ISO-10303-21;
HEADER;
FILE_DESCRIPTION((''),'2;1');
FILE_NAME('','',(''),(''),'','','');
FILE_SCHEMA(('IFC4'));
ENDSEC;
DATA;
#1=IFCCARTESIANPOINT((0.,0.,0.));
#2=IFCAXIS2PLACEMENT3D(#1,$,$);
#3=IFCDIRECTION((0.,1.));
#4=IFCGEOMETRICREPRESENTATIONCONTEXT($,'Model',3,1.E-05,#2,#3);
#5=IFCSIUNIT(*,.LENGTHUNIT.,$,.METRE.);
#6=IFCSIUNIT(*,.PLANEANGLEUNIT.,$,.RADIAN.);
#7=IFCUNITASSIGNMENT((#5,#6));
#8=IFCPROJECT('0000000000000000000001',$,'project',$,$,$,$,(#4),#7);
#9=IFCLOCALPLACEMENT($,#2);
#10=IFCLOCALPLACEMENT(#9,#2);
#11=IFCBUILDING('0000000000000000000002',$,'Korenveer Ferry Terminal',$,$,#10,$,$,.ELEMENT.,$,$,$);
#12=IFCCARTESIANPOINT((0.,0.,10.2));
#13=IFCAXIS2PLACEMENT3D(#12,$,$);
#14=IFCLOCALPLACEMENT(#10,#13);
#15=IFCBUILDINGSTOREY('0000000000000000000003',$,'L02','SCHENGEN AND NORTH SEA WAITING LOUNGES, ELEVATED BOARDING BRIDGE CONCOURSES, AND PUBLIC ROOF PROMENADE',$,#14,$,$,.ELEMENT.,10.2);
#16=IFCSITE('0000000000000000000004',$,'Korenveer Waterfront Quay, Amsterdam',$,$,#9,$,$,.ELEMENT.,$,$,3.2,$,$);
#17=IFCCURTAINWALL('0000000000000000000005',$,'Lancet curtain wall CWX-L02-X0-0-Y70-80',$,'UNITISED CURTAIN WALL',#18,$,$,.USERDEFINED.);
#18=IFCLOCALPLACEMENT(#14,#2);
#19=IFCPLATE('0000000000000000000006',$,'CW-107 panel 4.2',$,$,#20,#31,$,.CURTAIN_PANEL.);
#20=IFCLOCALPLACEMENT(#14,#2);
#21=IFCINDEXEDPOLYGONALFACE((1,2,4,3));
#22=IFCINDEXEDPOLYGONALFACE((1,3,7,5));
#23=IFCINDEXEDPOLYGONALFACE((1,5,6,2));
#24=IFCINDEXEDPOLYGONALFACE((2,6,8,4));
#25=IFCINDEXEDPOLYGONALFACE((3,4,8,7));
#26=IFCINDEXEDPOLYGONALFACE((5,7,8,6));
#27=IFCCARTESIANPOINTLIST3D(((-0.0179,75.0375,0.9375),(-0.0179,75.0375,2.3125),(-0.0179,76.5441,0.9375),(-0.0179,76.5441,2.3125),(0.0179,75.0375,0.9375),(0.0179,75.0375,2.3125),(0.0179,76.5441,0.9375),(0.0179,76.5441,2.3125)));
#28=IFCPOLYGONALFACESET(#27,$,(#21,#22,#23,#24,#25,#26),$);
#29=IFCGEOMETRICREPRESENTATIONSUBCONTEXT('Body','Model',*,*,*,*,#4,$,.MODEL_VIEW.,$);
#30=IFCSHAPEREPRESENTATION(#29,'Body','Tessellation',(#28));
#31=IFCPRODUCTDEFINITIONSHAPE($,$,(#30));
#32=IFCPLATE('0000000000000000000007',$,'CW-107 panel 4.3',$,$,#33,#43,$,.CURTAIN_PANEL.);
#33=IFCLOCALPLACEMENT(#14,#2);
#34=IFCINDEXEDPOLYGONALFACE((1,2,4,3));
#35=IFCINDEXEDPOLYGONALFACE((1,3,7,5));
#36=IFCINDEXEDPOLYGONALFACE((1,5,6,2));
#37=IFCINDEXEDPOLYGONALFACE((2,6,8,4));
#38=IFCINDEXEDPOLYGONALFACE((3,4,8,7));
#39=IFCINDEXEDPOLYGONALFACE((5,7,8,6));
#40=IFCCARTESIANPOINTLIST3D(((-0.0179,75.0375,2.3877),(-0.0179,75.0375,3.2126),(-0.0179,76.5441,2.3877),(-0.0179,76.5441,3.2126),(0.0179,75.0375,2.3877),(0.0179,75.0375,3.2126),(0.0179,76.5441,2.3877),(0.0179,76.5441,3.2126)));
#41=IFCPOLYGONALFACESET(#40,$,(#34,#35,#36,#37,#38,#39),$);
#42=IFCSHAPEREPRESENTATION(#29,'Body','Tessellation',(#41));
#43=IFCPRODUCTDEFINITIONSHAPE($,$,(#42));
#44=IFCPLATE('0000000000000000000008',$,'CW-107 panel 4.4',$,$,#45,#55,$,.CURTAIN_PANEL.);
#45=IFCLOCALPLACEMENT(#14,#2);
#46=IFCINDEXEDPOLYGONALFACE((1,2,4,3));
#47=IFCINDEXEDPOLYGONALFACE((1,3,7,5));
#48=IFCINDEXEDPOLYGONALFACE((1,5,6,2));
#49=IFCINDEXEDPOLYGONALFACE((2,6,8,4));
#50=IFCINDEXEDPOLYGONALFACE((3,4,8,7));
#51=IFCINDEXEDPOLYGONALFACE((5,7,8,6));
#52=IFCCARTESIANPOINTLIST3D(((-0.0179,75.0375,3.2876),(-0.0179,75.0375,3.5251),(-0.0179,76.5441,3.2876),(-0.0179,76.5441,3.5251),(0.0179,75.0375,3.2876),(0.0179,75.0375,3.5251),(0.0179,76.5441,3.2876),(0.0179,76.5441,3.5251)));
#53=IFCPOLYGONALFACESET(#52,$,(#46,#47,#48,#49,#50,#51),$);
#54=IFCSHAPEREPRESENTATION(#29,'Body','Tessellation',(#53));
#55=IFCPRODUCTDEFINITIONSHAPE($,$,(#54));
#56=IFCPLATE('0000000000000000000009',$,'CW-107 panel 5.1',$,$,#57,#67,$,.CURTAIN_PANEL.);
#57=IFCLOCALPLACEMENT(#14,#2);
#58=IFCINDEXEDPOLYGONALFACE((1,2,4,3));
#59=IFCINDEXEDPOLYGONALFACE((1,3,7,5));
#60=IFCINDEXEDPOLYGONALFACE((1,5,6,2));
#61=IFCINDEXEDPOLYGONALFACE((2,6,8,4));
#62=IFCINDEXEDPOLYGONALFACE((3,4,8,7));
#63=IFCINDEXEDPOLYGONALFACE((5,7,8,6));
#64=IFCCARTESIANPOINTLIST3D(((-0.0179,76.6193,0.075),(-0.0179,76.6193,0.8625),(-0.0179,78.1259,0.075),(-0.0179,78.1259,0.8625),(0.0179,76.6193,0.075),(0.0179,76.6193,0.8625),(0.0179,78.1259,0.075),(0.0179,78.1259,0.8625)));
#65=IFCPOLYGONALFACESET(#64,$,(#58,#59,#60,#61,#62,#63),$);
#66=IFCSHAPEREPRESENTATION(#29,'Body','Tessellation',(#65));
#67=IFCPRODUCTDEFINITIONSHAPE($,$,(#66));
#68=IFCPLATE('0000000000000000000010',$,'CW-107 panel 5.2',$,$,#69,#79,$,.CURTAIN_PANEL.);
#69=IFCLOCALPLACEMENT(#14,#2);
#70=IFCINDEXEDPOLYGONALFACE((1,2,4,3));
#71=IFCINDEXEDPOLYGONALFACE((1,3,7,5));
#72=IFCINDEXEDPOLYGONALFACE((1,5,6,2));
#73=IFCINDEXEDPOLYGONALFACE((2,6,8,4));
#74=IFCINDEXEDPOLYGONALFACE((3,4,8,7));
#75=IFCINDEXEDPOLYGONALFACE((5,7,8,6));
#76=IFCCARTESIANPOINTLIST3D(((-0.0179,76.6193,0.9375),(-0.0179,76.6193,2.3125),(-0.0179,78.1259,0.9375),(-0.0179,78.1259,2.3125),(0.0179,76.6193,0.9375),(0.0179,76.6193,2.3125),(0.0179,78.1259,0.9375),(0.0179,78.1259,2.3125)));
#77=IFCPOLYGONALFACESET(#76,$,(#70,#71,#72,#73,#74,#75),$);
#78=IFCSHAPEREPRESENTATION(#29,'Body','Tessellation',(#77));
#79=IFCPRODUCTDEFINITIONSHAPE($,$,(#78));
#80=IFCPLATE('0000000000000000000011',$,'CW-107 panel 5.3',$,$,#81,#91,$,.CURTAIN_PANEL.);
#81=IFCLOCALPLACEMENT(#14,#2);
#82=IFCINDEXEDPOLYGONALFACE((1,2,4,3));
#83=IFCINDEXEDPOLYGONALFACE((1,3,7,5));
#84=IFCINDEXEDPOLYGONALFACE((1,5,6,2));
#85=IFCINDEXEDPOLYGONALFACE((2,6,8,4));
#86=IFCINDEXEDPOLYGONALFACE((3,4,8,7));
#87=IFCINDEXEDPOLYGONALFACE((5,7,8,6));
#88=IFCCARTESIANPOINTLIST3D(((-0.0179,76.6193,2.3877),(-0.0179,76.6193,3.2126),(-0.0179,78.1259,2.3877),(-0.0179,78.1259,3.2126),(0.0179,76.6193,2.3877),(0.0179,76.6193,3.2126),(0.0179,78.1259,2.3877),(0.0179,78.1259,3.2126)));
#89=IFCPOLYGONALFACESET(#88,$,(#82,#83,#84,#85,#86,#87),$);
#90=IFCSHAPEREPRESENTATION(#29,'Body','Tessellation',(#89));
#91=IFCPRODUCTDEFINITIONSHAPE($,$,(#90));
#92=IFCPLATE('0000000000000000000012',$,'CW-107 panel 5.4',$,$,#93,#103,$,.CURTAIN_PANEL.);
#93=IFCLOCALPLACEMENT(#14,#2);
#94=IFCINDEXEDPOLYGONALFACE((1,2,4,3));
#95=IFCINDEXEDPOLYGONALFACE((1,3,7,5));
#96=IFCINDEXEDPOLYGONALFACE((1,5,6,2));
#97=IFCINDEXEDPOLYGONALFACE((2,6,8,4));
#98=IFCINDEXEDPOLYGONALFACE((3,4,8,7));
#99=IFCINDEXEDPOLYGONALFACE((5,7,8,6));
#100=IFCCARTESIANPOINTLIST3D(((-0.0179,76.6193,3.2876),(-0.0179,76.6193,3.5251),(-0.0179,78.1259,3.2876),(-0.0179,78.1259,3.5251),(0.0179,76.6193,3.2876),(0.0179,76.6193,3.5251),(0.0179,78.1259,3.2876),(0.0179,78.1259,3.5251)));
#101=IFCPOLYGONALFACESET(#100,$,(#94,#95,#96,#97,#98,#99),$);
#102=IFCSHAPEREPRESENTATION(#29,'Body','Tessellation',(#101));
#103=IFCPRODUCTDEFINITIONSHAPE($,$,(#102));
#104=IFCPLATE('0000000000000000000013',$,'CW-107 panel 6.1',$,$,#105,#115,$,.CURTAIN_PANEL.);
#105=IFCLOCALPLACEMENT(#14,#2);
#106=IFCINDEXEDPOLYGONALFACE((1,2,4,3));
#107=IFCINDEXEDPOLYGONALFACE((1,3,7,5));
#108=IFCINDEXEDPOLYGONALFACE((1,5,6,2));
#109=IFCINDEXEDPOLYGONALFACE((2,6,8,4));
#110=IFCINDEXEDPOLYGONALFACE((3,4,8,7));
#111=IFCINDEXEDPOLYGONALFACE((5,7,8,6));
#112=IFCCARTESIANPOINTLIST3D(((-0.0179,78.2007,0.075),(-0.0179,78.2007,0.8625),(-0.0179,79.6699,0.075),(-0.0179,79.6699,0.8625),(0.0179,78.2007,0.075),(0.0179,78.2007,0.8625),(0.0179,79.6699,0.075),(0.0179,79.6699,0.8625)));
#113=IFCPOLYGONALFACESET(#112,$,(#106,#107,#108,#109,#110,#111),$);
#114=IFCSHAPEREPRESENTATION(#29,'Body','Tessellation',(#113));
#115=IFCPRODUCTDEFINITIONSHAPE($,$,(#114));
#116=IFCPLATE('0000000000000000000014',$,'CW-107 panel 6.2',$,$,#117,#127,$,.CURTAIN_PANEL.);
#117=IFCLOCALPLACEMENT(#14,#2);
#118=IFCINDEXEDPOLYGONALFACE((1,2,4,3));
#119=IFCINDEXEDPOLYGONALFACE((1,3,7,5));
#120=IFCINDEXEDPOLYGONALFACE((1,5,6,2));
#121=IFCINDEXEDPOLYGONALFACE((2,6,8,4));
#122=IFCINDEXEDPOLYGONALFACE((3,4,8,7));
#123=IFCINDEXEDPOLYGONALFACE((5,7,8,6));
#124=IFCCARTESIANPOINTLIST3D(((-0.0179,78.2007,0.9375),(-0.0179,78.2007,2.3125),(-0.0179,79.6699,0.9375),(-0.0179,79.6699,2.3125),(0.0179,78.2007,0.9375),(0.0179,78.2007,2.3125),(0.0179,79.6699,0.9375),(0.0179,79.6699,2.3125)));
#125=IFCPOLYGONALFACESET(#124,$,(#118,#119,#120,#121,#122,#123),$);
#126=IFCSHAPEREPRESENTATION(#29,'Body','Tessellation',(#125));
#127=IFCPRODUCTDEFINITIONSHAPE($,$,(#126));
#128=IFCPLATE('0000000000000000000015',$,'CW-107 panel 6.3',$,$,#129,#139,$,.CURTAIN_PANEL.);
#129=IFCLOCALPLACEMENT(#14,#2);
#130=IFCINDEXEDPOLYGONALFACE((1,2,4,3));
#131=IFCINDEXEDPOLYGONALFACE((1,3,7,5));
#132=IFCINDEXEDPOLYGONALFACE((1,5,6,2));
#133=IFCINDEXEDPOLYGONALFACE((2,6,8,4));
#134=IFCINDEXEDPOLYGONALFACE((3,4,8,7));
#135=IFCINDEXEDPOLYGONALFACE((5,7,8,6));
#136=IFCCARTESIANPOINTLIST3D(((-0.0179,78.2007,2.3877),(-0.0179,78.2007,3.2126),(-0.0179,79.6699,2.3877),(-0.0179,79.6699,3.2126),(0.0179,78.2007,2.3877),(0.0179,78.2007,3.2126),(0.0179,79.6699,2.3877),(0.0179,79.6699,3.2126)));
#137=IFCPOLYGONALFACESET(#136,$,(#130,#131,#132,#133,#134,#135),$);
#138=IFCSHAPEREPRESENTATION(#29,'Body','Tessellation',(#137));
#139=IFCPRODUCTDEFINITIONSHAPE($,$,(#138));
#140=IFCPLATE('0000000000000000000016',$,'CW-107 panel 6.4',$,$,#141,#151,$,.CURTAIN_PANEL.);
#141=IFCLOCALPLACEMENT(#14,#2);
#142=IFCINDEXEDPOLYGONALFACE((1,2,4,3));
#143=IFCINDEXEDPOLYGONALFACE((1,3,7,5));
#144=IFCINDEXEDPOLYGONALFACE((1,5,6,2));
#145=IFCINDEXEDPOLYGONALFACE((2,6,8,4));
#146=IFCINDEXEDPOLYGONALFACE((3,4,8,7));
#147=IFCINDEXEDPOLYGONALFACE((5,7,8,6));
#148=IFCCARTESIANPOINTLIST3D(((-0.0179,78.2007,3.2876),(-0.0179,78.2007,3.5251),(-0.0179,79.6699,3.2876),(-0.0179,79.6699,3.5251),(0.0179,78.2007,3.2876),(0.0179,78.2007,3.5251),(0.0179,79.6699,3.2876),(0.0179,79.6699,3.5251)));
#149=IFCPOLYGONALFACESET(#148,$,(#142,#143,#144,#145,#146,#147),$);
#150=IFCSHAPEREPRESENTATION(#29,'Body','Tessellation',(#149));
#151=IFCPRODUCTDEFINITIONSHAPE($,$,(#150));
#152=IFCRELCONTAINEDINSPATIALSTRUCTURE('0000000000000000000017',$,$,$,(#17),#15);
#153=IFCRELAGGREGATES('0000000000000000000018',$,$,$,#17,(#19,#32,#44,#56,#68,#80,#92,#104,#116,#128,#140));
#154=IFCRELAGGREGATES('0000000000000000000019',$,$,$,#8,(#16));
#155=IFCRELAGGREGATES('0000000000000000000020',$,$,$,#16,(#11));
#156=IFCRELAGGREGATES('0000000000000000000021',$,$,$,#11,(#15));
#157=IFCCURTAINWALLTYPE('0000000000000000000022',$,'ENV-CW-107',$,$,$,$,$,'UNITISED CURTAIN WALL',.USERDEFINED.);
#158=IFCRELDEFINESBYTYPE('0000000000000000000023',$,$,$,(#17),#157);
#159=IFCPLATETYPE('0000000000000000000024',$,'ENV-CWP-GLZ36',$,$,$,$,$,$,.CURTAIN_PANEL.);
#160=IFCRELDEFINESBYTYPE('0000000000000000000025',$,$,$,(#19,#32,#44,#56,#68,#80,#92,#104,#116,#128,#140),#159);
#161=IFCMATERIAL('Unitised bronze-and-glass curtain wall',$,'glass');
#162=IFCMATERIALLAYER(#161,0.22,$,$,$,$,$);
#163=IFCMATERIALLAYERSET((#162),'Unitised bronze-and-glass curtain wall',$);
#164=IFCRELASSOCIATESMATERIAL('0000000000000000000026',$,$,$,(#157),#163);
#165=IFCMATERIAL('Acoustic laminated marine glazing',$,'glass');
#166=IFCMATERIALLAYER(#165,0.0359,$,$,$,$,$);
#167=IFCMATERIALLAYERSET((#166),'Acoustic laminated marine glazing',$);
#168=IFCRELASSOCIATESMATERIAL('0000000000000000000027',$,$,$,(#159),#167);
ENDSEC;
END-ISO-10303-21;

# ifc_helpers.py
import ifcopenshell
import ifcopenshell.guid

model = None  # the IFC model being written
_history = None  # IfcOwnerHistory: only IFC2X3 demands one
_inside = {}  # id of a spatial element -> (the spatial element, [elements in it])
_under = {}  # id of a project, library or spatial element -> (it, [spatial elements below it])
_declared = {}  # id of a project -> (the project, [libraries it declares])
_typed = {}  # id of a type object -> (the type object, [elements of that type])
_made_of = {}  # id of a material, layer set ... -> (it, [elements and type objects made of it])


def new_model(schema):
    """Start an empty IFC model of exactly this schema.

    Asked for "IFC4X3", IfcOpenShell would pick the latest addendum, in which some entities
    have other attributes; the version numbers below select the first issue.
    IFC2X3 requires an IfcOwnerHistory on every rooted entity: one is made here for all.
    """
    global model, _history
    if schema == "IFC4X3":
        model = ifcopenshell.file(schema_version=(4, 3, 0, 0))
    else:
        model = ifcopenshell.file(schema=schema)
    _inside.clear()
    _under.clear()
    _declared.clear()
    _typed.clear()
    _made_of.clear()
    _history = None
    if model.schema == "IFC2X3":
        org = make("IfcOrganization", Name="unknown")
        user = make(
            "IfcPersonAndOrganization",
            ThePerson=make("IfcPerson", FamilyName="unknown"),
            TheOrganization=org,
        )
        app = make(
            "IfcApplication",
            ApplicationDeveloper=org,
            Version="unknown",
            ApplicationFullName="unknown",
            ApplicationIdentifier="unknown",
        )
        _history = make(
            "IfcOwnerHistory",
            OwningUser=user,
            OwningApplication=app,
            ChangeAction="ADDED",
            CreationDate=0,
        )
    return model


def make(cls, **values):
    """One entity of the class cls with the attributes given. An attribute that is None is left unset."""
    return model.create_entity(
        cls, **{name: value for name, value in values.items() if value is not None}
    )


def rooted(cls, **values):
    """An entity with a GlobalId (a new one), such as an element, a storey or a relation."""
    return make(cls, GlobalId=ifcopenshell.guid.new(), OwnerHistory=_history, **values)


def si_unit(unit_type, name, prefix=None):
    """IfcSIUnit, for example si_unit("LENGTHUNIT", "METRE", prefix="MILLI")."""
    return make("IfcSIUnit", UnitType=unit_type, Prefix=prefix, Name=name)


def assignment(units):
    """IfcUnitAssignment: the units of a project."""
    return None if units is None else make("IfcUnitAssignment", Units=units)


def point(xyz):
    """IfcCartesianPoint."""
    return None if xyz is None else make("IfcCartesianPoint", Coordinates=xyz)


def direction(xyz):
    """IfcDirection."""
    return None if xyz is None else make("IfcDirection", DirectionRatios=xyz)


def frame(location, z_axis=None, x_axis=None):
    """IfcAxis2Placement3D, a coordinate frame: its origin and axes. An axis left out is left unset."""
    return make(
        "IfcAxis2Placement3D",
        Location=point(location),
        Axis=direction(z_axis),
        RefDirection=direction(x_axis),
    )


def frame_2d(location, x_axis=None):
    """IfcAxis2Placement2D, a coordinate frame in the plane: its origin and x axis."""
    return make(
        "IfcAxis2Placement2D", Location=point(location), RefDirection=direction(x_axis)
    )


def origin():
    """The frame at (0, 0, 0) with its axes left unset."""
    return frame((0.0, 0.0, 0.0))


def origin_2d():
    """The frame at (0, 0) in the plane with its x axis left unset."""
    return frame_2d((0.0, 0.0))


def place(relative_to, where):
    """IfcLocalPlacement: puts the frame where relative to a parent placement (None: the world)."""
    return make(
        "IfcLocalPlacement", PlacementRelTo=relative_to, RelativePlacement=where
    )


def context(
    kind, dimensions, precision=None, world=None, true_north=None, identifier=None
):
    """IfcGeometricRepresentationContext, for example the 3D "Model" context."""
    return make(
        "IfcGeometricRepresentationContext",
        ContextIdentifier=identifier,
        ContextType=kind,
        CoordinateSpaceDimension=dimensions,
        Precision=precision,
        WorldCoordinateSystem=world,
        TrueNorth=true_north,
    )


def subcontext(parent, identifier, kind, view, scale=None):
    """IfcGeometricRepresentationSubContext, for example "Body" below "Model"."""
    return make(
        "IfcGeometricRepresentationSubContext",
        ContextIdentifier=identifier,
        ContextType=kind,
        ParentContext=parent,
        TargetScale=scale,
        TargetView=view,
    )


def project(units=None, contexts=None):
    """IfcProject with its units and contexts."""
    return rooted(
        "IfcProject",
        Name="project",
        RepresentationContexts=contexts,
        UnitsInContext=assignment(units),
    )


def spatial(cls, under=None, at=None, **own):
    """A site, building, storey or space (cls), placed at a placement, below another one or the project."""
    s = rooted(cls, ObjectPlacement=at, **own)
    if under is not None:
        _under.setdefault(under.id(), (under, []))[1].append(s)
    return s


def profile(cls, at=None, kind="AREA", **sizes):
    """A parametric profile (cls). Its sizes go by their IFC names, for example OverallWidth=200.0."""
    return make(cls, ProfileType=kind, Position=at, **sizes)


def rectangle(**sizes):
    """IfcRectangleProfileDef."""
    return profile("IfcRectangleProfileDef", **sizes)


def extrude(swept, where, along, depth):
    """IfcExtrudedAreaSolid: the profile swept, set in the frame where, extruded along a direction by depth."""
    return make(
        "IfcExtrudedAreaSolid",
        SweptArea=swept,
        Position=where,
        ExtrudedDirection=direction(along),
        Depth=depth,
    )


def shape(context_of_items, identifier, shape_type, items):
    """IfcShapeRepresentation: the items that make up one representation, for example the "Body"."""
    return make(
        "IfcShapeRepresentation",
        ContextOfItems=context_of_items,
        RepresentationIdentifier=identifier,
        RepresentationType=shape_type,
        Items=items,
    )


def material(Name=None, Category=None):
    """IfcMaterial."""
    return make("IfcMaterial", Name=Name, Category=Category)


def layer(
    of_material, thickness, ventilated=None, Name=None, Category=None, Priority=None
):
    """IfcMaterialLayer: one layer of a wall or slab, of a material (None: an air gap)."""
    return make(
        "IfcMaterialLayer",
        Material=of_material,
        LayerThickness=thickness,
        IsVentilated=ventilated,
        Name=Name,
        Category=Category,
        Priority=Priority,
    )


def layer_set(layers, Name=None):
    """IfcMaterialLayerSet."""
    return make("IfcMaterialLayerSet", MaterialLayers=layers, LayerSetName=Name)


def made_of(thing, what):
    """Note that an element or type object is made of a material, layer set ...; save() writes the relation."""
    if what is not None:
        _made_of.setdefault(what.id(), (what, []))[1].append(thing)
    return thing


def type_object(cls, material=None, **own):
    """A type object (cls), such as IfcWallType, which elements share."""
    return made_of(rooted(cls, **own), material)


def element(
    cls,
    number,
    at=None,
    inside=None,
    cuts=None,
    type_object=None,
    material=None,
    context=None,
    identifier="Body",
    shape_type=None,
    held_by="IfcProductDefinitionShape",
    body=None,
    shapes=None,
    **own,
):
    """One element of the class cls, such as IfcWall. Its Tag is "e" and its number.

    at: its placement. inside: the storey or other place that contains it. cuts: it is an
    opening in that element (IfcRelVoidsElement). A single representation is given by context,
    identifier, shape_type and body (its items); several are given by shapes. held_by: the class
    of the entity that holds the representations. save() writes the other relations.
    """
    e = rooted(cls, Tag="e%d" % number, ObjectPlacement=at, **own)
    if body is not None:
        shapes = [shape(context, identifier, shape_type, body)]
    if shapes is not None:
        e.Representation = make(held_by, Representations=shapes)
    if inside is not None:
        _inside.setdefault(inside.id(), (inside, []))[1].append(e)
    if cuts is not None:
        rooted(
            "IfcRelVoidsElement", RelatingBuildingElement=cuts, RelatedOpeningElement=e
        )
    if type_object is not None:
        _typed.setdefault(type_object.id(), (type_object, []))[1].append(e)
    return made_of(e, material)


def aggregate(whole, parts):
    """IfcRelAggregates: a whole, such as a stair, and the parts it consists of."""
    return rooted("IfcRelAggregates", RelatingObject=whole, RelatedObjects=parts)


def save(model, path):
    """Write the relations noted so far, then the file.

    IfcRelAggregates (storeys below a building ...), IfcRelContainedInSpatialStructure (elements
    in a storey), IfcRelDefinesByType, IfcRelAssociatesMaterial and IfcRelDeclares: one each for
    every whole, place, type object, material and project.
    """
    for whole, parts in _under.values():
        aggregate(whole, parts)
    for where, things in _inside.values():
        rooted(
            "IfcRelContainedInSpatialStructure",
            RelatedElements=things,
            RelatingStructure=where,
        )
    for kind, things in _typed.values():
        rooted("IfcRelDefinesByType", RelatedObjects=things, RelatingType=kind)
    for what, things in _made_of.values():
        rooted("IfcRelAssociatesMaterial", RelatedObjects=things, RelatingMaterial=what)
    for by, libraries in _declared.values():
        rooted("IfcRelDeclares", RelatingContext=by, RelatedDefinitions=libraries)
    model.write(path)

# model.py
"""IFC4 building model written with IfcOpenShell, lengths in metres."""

from ifc_helpers import new_model, si_unit, direction, frame, origin, origin_2d, place, context, subcontext, project, spatial, rectangle, extrude, material, layer, layer_set, type_object, element, aggregate, save


model = new_model("IFC4")

# Units and contexts
model_context = context("Model", 3, precision=1e-05, world=origin(), true_north=direction((0.0, 1.0)))
body_context = subcontext(model_context, "Body", "Model", "MODEL_VIEW")
ifc_project = project(units=[si_unit("LENGTHUNIT", "METRE"), si_unit("PLANEANGLEUNIT", "RADIAN")], contexts=[model_context])

# Site, building, storey
site_placement = place(None, origin())
site = spatial("IfcSite", under=ifc_project, at=site_placement, Name="Korenveer Waterfront Quay, Amsterdam", CompositionType="ELEMENT", RefElevation=3.2)
building_placement = place(site_placement, origin())
building = spatial("IfcBuilding", under=site, at=building_placement, Name="Korenveer Ferry Terminal", CompositionType="ELEMENT")
storey_placement = place(building_placement, frame((0.0, 0.0, 10.2)))
storey = spatial("IfcBuildingStorey", under=building, at=storey_placement, Name="L02", Description="SCHENGEN AND NORTH SEA WAITING LOUNGES, ELEVATED BOARDING BRIDGE CONCOURSES, AND PUBLIC ROOF PROMENADE", CompositionType="ELEMENT", Elevation=10.2)

# Shared definitions
ifc_material_1 = material(Name="Unitised bronze-and-glass curtain wall", Category="glass")

# Curtain wall
ifc_layer_1 = layer(ifc_material_1, 0.22)
ifc_layer_set_1 = layer_set([ifc_layer_1], Name="Unitised bronze-and-glass curtain wall")
curtain_wall_type_1 = type_object("IfcCurtainWallType", Name="ENV-CW-107", ElementType="UNITISED CURTAIN WALL", PredefinedType="USERDEFINED", material=ifc_layer_set_1)
curtain_wall_1_placement = place(storey_placement, frame((0.0, 70.2549, 0.0)))
curtain_wall_1 = element("IfcCurtainWall", 1, at=curtain_wall_1_placement, inside=storey, type_object=curtain_wall_type_1, Name="Lancet curtain wall CWX-L02-X0-0-Y70-80", ObjectType="UNITISED CURTAIN WALL", PredefinedType="USERDEFINED")

# Plates
ifc_material_2 = material(Name="Acoustic laminated marine glazing", Category="glass")
ifc_layer_2 = layer(ifc_material_2, 0.0359)
ifc_layer_set_2 = layer_set([ifc_layer_2], Name="Acoustic laminated marine glazing")
plate_type = type_object("IfcPlateType", Name="ENV-CWP-GLZ36", PredefinedType="CURTAIN_PANEL", material=ifc_layer_set_2)
plate_1_placement = place(storey_placement, frame((0.0, 75.7908, 0.9375), z_axis=(0.0, 0.0, 1.0), x_axis=(0.0, 1.0, 0.0)))
plate_1 = element("IfcPlate", 2, at=plate_1_placement, type_object=plate_type, Name="CW-107 panel 4.2", PredefinedType="CURTAIN_PANEL", context=body_context, shape_type="SweptSolid", body=[
    extrude(rectangle(XDim=1.5066, YDim=0.0359, at=origin_2d()), origin(), (0.0, 0.0, 1.0), 1.375),
])
plate_2_placement = place(storey_placement, frame((0.0, 75.7908, 2.3877), z_axis=(0.0, 0.0, 1.0), x_axis=(0.0, 1.0, 0.0)))
plate_2 = element("IfcPlate", 3, at=plate_2_placement, type_object=plate_type, Name="CW-107 panel 4.3", PredefinedType="CURTAIN_PANEL", context=body_context, shape_type="SweptSolid", body=[
    extrude(rectangle(XDim=1.5066, YDim=0.0359, at=origin_2d()), origin(), (0.0, 0.0, 1.0), 0.825),
])
plate_3_placement = place(storey_placement, frame((0.0, 75.7908, 3.2876), z_axis=(0.0, 0.0, 1.0), x_axis=(0.0, 1.0, 0.0)))
plate_3 = element("IfcPlate", 4, at=plate_3_placement, type_object=plate_type, Name="CW-107 panel 4.4", PredefinedType="CURTAIN_PANEL", context=body_context, shape_type="SweptSolid", body=[
    extrude(rectangle(XDim=1.5066, YDim=0.0359, at=origin_2d()), origin(), (0.0, 0.0, 1.0), 0.2375),
])
plate_4_placement = place(storey_placement, frame((0.0, 77.3726, 0.075), z_axis=(0.0, 0.0, 1.0), x_axis=(0.0, 1.0, 0.0)))
plate_4 = element("IfcPlate", 5, at=plate_4_placement, type_object=plate_type, Name="CW-107 panel 5.1", PredefinedType="CURTAIN_PANEL", context=body_context, shape_type="SweptSolid", body=[
    extrude(rectangle(XDim=1.5066, YDim=0.0359, at=origin_2d()), origin(), (0.0, 0.0, 1.0), 0.7876),
])
plate_5_placement = place(storey_placement, frame((0.0, 77.3726, 0.9375), z_axis=(0.0, 0.0, 1.0), x_axis=(0.0, 1.0, 0.0)))
plate_5 = element("IfcPlate", 6, at=plate_5_placement, type_object=plate_type, Name="CW-107 panel 5.2", PredefinedType="CURTAIN_PANEL", context=body_context, shape_type="SweptSolid", body=[
    extrude(rectangle(XDim=1.5066, YDim=0.0359, at=origin_2d()), origin(), (0.0, 0.0, 1.0), 1.375),
])
plate_6_placement = place(storey_placement, frame((0.0, 77.3726, 2.3877), z_axis=(0.0, 0.0, 1.0), x_axis=(0.0, 1.0, 0.0)))
plate_6 = element("IfcPlate", 7, at=plate_6_placement, type_object=plate_type, Name="CW-107 panel 5.3", PredefinedType="CURTAIN_PANEL", context=body_context, shape_type="SweptSolid", body=[
    extrude(rectangle(XDim=1.5066, YDim=0.0359, at=origin_2d()), origin(), (0.0, 0.0, 1.0), 0.825),
])
plate_7_placement = place(storey_placement, frame((0.0, 77.3726, 3.2876), z_axis=(0.0, 0.0, 1.0), x_axis=(0.0, 1.0, 0.0)))
plate_7 = element("IfcPlate", 8, at=plate_7_placement, type_object=plate_type, Name="CW-107 panel 5.4", PredefinedType="CURTAIN_PANEL", context=body_context, shape_type="SweptSolid", body=[
    extrude(rectangle(XDim=1.5066, YDim=0.0359, at=origin_2d()), origin(), (0.0, 0.0, 1.0), 0.2375),
])
plate_8_placement = place(storey_placement, frame((0.0, 78.9353, 0.075), z_axis=(0.0, 0.0, 1.0), x_axis=(0.0, 1.0, 0.0)))
plate_8 = element("IfcPlate", 9, at=plate_8_placement, type_object=plate_type, Name="CW-107 panel 6.1", PredefinedType="CURTAIN_PANEL", context=body_context, shape_type="SweptSolid", body=[
    extrude(rectangle(XDim=1.4692, YDim=0.0359, at=origin_2d()), origin(), (0.0, 0.0, 1.0), 0.7876),
])
plate_9_placement = place(storey_placement, frame((0.0, 78.9353, 0.9375), z_axis=(0.0, 0.0, 1.0), x_axis=(0.0, 1.0, 0.0)))
plate_9 = element("IfcPlate", 10, at=plate_9_placement, type_object=plate_type, Name="CW-107 panel 6.2", PredefinedType="CURTAIN_PANEL", context=body_context, shape_type="SweptSolid", body=[
    extrude(rectangle(XDim=1.4692, YDim=0.0359, at=origin_2d()), origin(), (0.0, 0.0, 1.0), 1.375),
])
plate_10_placement = place(storey_placement, frame((0.0, 78.9353, 2.3877), z_axis=(0.0, 0.0, 1.0), x_axis=(0.0, 1.0, 0.0)))
plate_10 = element("IfcPlate", 11, at=plate_10_placement, type_object=plate_type, Name="CW-107 panel 6.3", PredefinedType="CURTAIN_PANEL", context=body_context, shape_type="SweptSolid", body=[
    extrude(rectangle(XDim=1.4692, YDim=0.0359, at=origin_2d()), origin(), (0.0, 0.0, 1.0), 0.825),
])
plate_11_placement = place(storey_placement, frame((0.0, 78.9353, 3.2876), z_axis=(0.0, 0.0, 1.0), x_axis=(0.0, 1.0, 0.0)))
plate_11 = element("IfcPlate", 12, at=plate_11_placement, type_object=plate_type, Name="CW-107 panel 6.4", PredefinedType="CURTAIN_PANEL", context=body_context, shape_type="SweptSolid", body=[
    extrude(rectangle(XDim=1.4692, YDim=0.0359, at=origin_2d()), origin(), (0.0, 0.0, 1.0), 0.2375),
])
aggregate(curtain_wall_1, [plate_1, plate_2, plate_3, plate_4, plate_5, plate_6, plate_7, plate_8, plate_9, plate_10, plate_11])

save(model, "model.ifc")
